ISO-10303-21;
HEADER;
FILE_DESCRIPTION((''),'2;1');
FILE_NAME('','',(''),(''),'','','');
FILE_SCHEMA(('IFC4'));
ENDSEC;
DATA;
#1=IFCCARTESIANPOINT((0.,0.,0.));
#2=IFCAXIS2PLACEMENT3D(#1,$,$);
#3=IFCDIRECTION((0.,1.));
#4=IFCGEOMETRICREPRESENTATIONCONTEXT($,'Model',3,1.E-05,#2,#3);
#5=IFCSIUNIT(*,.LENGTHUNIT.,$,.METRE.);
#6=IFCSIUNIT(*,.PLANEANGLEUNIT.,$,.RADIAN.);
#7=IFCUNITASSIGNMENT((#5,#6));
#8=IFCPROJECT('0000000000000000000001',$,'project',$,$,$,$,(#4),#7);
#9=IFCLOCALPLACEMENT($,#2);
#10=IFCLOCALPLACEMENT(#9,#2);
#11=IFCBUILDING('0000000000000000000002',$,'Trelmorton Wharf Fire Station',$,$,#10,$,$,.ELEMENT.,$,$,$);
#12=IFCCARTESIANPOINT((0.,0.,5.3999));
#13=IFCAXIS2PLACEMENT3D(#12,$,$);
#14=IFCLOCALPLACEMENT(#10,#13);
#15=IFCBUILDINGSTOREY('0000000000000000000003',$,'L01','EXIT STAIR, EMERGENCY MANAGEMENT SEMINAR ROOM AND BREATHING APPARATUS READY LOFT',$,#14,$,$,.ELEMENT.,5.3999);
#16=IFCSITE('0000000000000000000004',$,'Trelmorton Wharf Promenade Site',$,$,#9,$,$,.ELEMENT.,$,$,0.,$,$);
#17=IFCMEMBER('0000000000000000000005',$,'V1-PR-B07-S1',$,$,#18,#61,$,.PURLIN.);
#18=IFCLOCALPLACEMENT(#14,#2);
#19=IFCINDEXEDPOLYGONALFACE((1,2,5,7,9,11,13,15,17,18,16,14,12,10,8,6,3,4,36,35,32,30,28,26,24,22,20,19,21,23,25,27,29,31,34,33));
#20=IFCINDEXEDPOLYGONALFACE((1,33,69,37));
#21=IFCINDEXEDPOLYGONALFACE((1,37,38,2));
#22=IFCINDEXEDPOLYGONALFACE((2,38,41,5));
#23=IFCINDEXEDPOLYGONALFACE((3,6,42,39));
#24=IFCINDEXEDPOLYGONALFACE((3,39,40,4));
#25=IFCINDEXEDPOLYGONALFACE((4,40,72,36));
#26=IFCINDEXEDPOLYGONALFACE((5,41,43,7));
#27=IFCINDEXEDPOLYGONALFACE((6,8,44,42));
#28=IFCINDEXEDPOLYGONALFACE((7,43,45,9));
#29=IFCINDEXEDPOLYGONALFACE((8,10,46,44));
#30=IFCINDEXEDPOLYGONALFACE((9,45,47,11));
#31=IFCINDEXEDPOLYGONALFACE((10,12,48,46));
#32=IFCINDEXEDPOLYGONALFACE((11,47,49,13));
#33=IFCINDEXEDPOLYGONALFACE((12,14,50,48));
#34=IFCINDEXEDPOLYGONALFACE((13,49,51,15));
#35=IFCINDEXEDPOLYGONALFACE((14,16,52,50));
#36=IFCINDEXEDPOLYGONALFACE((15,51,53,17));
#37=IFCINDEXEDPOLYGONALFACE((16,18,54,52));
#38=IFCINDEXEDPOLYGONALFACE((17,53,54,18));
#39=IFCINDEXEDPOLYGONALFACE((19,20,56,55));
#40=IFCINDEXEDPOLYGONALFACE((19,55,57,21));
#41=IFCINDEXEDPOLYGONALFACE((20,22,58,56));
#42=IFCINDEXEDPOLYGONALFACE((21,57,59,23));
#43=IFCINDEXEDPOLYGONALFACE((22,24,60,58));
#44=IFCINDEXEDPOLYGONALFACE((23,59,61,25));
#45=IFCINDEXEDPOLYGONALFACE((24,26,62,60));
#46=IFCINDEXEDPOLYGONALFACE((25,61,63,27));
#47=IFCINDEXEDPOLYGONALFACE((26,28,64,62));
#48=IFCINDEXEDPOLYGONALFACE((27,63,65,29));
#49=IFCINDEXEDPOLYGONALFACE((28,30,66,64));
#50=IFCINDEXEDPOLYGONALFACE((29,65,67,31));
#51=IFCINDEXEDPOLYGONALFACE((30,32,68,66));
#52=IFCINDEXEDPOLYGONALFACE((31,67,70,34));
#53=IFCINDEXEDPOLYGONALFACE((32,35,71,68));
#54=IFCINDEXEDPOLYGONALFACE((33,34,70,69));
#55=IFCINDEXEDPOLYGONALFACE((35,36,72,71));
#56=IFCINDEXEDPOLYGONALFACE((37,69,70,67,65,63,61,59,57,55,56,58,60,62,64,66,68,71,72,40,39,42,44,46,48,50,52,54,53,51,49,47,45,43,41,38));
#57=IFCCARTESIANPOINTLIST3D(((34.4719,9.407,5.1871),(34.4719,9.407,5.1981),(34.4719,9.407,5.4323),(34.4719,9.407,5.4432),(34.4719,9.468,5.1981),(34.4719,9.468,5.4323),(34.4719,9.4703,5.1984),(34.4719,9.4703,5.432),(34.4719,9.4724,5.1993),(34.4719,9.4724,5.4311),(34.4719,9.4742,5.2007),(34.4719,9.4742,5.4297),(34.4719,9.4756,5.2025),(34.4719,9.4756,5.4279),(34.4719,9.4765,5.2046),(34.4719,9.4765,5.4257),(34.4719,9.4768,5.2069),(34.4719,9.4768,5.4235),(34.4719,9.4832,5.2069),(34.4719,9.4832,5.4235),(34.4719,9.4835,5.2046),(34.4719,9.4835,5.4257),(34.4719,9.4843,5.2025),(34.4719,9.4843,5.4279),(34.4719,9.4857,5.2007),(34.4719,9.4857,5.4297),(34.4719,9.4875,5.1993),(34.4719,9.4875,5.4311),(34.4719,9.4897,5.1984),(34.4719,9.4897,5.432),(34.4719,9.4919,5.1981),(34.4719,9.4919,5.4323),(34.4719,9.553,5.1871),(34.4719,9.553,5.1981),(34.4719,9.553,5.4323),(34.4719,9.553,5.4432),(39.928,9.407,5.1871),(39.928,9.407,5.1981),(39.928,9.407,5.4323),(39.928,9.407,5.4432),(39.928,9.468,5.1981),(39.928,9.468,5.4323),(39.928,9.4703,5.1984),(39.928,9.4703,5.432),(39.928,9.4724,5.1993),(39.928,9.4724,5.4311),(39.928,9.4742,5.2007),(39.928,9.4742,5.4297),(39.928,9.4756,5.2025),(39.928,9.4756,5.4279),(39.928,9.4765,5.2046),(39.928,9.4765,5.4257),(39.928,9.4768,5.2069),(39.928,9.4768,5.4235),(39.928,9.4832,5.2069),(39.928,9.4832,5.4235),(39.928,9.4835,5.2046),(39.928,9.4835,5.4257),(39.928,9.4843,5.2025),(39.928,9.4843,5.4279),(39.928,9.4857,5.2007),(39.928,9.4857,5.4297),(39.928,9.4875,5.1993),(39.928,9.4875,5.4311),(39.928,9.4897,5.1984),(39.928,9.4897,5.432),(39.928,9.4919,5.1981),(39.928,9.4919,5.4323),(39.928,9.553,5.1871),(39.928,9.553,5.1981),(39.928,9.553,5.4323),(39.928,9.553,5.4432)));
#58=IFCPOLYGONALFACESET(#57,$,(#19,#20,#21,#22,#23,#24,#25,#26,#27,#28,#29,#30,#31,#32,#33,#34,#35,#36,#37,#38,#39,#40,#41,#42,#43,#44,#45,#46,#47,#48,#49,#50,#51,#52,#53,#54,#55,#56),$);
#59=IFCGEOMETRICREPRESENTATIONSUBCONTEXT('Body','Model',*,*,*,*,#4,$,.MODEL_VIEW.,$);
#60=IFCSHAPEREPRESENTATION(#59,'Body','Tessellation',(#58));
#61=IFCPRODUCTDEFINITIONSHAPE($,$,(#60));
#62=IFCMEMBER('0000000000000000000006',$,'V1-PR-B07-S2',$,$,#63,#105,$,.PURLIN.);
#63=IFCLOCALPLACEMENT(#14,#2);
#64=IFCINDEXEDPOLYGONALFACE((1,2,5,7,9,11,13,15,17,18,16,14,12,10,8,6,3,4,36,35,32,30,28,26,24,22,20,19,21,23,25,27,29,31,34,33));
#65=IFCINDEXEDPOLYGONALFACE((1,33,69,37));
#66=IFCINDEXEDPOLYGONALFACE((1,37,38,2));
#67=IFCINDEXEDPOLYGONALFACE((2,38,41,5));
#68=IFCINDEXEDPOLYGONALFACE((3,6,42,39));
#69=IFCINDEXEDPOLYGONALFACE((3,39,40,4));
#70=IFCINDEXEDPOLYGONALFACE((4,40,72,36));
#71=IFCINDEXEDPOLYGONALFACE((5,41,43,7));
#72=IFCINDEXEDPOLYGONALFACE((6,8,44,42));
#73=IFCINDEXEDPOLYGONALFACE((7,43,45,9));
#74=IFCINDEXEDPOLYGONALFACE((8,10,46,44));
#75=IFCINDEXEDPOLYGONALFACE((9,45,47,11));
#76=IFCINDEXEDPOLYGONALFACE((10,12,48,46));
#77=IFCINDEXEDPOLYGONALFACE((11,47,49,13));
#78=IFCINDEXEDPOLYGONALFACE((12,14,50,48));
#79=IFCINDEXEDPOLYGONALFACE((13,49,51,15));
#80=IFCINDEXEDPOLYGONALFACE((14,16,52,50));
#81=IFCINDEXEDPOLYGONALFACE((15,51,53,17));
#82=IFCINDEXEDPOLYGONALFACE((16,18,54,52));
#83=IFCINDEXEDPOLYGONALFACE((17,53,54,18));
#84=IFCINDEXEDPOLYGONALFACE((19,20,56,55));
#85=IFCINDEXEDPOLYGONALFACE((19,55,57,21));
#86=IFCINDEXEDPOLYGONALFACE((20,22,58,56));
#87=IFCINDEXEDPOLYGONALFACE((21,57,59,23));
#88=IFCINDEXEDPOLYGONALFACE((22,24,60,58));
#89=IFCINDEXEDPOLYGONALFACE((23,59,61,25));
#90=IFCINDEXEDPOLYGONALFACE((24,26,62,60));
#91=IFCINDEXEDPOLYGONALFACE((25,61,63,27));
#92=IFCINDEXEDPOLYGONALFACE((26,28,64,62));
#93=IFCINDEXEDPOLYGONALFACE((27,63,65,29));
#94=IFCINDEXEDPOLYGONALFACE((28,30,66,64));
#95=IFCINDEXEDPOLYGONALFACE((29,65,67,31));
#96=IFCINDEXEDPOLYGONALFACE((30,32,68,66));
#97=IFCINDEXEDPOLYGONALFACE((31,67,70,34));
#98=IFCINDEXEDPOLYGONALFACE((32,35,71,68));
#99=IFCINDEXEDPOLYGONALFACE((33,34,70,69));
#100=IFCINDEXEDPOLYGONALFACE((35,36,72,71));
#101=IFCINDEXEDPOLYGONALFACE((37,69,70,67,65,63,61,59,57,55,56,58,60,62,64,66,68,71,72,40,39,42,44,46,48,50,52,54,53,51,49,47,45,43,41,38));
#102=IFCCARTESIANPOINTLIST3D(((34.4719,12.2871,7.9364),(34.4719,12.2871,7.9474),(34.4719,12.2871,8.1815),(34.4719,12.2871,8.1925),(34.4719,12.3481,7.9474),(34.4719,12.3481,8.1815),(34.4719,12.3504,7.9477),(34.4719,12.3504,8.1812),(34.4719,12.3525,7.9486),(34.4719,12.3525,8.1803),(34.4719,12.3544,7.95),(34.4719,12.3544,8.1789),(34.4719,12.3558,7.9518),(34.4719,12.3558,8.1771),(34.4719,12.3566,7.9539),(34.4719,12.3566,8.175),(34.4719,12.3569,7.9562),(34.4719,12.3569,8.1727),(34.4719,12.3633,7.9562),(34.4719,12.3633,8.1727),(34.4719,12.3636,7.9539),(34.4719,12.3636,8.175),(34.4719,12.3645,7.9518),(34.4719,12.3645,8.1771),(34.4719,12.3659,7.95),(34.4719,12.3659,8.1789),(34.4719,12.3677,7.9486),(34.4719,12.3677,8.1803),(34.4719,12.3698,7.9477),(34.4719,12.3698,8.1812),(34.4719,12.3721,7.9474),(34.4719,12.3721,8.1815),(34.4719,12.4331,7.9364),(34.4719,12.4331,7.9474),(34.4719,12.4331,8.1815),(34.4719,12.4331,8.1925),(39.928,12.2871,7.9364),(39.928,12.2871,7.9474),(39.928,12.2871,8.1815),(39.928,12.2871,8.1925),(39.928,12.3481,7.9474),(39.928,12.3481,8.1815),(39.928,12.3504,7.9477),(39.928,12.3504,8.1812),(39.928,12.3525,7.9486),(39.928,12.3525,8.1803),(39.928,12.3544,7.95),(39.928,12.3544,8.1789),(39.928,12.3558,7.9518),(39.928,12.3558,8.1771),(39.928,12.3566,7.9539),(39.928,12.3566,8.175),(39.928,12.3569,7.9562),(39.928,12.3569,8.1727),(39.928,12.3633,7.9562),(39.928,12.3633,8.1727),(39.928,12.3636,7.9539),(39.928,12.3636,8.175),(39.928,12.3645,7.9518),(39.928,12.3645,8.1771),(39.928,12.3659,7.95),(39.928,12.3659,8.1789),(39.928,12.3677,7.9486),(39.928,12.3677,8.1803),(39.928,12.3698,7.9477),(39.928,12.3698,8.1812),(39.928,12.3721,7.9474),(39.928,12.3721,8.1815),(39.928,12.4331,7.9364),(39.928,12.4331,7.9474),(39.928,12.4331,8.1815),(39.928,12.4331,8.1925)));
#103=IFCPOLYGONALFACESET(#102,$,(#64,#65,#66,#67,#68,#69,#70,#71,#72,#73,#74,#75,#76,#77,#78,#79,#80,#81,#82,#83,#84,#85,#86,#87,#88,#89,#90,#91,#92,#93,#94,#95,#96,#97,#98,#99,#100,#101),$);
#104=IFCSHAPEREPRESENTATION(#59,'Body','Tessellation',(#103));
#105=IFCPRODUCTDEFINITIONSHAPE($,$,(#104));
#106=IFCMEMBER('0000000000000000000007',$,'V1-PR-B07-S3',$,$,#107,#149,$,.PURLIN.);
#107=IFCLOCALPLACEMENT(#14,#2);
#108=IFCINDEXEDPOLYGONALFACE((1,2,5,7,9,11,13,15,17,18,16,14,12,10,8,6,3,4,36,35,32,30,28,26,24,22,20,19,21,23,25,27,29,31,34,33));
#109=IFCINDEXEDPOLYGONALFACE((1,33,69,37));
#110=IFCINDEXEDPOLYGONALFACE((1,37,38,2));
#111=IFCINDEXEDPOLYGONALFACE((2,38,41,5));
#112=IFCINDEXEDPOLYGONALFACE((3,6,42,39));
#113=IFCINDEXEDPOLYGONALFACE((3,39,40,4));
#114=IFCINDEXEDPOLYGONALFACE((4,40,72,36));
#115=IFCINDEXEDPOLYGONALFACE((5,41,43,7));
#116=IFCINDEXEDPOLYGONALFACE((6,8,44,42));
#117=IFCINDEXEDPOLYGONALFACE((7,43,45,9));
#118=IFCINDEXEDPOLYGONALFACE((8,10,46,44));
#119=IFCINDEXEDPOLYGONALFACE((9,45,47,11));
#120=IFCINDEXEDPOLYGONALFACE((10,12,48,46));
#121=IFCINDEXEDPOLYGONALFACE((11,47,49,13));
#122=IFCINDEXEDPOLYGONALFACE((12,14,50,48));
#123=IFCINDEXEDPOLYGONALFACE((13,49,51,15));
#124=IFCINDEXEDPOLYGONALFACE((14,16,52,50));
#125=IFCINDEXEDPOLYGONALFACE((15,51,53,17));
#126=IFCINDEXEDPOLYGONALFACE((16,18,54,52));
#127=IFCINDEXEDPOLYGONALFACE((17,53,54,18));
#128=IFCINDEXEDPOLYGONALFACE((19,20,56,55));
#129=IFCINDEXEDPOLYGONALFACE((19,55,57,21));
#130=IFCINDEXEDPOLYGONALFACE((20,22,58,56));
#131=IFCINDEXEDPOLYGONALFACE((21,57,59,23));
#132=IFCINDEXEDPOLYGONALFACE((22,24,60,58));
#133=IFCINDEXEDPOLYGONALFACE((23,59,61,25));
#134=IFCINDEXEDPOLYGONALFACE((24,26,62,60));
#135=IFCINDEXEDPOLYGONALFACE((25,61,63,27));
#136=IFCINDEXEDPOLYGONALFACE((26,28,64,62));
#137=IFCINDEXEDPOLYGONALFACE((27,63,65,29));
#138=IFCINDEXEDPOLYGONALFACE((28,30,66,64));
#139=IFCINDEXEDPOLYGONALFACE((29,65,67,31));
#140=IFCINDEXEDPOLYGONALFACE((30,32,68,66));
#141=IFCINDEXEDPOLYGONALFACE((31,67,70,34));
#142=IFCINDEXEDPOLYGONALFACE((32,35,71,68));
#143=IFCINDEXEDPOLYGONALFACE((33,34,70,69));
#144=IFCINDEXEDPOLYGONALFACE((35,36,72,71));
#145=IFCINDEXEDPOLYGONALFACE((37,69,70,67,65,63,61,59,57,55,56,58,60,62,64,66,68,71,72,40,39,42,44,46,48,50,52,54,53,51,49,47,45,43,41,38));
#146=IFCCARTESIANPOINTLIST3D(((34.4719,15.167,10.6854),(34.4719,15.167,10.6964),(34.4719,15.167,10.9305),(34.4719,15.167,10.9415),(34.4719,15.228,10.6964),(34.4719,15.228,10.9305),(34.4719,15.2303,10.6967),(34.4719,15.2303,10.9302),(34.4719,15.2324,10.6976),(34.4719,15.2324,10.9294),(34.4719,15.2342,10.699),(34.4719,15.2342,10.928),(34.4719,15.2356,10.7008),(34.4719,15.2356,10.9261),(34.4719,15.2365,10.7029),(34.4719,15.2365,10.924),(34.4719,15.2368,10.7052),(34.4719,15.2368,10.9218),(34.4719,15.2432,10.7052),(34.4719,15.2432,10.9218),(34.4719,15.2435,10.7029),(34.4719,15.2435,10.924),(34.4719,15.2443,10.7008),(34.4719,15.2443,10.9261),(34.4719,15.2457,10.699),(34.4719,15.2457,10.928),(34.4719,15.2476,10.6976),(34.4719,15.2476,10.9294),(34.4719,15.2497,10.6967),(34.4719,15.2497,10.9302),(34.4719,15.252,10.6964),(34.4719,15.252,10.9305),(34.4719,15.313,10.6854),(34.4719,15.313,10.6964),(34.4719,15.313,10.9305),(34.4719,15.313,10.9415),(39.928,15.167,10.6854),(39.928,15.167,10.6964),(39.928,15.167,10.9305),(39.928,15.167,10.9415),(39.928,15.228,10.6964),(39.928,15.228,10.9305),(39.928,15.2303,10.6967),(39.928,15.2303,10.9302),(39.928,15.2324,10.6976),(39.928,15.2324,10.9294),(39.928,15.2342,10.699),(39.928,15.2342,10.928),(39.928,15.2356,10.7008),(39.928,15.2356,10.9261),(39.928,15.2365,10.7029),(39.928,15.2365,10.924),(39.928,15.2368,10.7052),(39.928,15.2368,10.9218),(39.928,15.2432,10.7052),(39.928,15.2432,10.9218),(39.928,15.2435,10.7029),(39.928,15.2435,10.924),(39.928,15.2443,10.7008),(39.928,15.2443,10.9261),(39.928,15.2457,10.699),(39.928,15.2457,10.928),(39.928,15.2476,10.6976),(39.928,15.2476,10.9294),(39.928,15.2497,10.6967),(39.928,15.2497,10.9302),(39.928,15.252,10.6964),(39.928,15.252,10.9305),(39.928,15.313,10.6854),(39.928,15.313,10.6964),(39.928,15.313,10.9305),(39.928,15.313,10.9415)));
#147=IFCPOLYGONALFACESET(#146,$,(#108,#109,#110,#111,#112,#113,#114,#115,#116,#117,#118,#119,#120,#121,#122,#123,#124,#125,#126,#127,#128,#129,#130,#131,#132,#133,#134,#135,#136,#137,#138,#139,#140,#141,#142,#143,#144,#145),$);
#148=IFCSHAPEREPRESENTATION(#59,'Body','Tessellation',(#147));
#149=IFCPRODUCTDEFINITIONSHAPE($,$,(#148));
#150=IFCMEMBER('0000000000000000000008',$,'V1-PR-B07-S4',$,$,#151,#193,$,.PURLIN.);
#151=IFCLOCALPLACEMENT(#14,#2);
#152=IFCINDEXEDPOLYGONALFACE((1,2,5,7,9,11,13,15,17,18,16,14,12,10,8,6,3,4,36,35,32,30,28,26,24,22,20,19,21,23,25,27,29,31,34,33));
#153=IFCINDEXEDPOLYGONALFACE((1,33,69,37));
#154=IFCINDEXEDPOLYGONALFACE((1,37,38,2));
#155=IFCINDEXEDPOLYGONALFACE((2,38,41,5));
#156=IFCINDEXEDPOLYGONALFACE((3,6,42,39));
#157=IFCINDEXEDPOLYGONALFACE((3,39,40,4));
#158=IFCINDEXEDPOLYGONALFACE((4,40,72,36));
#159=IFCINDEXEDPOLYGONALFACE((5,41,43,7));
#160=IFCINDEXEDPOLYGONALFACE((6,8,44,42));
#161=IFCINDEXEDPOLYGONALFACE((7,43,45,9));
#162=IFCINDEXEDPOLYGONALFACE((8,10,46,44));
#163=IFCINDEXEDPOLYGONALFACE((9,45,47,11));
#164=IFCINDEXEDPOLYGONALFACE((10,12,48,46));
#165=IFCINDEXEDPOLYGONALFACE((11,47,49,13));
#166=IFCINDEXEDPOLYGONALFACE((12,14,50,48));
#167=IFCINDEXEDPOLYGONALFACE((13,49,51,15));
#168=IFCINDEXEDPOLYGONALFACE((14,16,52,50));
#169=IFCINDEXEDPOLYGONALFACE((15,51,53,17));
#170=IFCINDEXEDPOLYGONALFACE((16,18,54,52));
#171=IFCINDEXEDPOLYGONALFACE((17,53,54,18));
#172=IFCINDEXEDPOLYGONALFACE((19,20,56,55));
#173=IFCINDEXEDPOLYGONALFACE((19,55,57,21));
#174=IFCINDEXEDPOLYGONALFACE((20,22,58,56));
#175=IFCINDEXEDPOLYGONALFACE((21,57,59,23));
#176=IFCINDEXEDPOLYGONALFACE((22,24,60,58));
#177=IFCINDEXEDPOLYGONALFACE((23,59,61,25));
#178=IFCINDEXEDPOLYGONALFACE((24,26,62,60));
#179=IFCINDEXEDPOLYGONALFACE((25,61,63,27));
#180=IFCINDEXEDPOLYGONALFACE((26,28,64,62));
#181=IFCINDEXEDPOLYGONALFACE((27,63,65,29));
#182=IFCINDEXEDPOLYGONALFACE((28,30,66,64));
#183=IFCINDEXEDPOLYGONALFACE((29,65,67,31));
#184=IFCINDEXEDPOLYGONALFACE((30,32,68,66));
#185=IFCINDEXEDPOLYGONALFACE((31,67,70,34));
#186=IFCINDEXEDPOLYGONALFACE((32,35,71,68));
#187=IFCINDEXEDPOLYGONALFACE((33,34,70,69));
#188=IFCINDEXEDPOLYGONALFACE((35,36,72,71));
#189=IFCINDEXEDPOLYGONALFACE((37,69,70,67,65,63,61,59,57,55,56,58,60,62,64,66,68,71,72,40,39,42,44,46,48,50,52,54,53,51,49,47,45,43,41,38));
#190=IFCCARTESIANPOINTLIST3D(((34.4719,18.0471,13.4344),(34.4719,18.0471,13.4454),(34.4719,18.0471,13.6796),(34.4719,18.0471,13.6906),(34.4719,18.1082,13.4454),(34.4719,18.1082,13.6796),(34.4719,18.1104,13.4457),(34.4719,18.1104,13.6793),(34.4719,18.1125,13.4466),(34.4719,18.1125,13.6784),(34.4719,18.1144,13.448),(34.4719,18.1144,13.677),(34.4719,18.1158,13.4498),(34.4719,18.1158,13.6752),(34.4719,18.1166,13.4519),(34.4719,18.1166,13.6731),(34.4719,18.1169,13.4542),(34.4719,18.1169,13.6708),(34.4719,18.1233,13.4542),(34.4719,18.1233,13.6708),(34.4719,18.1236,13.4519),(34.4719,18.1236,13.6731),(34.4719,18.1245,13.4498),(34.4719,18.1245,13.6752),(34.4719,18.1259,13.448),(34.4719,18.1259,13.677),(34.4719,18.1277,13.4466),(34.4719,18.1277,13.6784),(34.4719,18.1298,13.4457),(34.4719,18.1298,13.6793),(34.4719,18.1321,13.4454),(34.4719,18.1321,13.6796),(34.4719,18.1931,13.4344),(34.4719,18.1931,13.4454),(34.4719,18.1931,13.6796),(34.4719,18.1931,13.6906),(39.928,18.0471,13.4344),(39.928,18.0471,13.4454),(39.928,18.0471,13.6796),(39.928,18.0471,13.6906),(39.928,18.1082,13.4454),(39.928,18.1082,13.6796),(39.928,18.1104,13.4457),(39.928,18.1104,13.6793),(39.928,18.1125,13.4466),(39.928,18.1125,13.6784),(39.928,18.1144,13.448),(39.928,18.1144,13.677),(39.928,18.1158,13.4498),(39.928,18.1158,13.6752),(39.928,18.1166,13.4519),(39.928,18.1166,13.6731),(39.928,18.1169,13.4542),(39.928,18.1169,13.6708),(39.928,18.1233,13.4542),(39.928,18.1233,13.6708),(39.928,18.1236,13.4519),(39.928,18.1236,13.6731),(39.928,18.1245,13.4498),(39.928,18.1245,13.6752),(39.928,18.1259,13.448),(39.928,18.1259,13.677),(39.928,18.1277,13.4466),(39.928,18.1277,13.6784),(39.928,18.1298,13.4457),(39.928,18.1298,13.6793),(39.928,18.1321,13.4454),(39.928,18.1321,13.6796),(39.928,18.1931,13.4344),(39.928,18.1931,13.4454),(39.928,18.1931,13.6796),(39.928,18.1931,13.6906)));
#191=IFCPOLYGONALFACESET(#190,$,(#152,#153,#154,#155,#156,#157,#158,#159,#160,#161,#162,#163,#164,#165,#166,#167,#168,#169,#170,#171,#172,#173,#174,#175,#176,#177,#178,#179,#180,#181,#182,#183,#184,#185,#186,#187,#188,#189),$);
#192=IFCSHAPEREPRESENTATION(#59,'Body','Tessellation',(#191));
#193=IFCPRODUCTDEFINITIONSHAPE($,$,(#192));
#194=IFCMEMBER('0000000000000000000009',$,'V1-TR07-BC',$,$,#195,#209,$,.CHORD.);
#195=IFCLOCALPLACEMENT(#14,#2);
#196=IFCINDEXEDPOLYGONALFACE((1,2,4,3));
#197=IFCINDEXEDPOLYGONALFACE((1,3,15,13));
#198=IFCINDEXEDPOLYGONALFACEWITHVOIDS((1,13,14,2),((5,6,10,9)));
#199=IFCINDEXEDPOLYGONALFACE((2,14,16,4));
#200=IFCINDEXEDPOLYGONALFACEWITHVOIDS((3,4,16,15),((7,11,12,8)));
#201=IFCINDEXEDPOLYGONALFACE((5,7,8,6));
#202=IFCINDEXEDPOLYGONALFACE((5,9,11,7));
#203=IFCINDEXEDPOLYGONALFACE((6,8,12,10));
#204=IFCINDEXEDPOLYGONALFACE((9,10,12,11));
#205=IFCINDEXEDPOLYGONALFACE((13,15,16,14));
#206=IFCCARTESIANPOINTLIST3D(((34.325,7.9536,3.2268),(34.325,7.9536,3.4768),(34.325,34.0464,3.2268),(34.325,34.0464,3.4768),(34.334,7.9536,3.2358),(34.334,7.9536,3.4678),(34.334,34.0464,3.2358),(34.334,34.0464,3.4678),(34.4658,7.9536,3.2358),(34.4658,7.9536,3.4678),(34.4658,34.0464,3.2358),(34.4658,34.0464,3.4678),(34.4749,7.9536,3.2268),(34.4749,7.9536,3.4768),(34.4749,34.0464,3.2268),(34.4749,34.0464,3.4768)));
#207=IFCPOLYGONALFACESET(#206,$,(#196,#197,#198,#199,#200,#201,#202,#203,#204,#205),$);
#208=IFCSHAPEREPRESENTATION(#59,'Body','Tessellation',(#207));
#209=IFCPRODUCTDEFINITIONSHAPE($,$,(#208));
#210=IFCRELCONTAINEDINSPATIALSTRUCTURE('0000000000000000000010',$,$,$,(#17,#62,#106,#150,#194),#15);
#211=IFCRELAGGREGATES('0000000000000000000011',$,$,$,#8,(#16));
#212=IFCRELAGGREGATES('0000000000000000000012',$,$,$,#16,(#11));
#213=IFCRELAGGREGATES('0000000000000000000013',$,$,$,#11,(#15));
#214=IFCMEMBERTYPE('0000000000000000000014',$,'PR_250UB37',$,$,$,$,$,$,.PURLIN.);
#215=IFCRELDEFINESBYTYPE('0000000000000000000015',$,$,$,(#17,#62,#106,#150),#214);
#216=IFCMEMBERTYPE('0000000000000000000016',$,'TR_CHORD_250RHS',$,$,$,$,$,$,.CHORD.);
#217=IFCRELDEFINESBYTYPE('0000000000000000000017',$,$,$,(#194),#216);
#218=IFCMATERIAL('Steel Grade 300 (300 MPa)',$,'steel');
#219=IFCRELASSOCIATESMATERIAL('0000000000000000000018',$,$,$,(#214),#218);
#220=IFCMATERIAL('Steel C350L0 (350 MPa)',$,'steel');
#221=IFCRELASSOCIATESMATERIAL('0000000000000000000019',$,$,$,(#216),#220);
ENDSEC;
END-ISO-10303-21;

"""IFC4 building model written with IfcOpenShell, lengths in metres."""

from ifc_helpers import new_model, si_unit, direction, frame, origin, origin_2d, place, context, subcontext, project, spatial, hollow_rectangle, i_section, extrude, material, material_profile, profile_set, type_object, element, save


model = new_model("IFC4")

# Units and contexts
model_context = context("Model", 3, precision=1e-05, world=origin(), true_north=direction((0.0, 1.0)))
body_context = subcontext(model_context, "Body", "Model", "MODEL_VIEW")
ifc_project = project(units=[si_unit("LENGTHUNIT", "METRE"), si_unit("PLANEANGLEUNIT", "RADIAN")], contexts=[model_context])

# Site, building, storey
site_placement = place(None, origin())
site = spatial("IfcSite", under=ifc_project, at=site_placement, Name="Trelmorton Wharf Promenade Site", CompositionType="ELEMENT", RefElevation=0.0)
building_placement = place(site_placement, origin())
building = spatial("IfcBuilding", under=site, at=building_placement, Name="Trelmorton Wharf Fire Station", CompositionType="ELEMENT")
storey_placement = place(building_placement, frame((0.0, 0.0, 5.3999)))
storey = spatial("IfcBuildingStorey", under=building, at=storey_placement, Name="L01", Description="EXIT STAIR, EMERGENCY MANAGEMENT SEMINAR ROOM AND BREATHING APPARATUS READY LOFT", CompositionType="ELEMENT", Elevation=5.3999)

# Members
ifc_material_1 = material(Name="Steel Grade 300 (300 MPa)", Category="steel")
ifc_material_profile_1 = material_profile(ifc_material_1, i_section(OverallWidth=0.146, OverallDepth=0.2561, WebThickness=0.0063, FlangeThickness=0.011, FilletRadius=0.0088, at=origin_2d()), Name="250UB37.3")
ifc_profile_set_1 = profile_set([ifc_material_profile_1], Name="Steel Grade 300 (300 MPa)")
member_type_1 = type_object("IfcMemberType", Name="PR_250UB37", PredefinedType="PURLIN", material=ifc_profile_set_1)
for number, where, z_axis, x_axis, name in (
    (1, (34.4719, 9.48, 5.3152), (1.0, 0.0, 0.0), (0.0, 1.0, 0.0), "V1-PR-B07-S1"),
    (2, (34.4719, 12.3601, 8.0645), (1.0, 0.0, 0.0), (0.0, 1.0, 0.0), "V1-PR-B07-S2"),
    (3, (34.4719, 15.24, 10.8135), (1.0, 0.0, 0.0), (0.0, 1.0, 0.0), "V1-PR-B07-S3"),
    (4, (34.4719, 18.1201, 13.5625), (1.0, 0.0, 0.0), (0.0, 1.0, 0.0), "V1-PR-B07-S4"),
):
    element("IfcMember", number, at=place(storey_placement, frame(where, z_axis=z_axis, x_axis=x_axis)), inside=storey, type_object=member_type_1, Name=name, PredefinedType="PURLIN", context=body_context, shape_type="SweptSolid", body=[
        extrude(i_section(OverallWidth=0.146, OverallDepth=0.2561, WebThickness=0.0063, FlangeThickness=0.011, FilletRadius=0.0088, at=origin_2d()), origin(), (0.0, 0.0, 1.0), 5.4561),
    ])
ifc_material_2 = material(Name="Steel C350L0 (350 MPa)", Category="steel")
ifc_material_profile_2 = material_profile(ifc_material_2, hollow_rectangle(XDim=0.1499, YDim=0.25, WallThickness=0.009, at=origin_2d()), Name="250x150x9.0RHS")
ifc_profile_set_2 = profile_set([ifc_material_profile_2], Name="Steel C350L0 (350 MPa)")
member_type_2 = type_object("IfcMemberType", Name="TR_CHORD_250RHS", PredefinedType="CHORD", material=ifc_profile_set_2)
for number, where, z_axis, x_axis, name in (
    (5, (34.3999, 7.9536, 3.3518), (0.0, 1.0, 0.0), (-1.0, 0.0, 0.0), "V1-TR07-BC"),
):
    element("IfcMember", number, at=place(storey_placement, frame(where, z_axis=z_axis, x_axis=x_axis)), inside=storey, type_object=member_type_2, Name=name, PredefinedType="CHORD", context=body_context, shape_type="SweptSolid", body=[
        extrude(hollow_rectangle(XDim=0.1499, YDim=0.25, WallThickness=0.009, at=origin_2d()), origin(), (0.0, 0.0, 1.0), 26.0928),
    ])

save(model, "model.ifc")
